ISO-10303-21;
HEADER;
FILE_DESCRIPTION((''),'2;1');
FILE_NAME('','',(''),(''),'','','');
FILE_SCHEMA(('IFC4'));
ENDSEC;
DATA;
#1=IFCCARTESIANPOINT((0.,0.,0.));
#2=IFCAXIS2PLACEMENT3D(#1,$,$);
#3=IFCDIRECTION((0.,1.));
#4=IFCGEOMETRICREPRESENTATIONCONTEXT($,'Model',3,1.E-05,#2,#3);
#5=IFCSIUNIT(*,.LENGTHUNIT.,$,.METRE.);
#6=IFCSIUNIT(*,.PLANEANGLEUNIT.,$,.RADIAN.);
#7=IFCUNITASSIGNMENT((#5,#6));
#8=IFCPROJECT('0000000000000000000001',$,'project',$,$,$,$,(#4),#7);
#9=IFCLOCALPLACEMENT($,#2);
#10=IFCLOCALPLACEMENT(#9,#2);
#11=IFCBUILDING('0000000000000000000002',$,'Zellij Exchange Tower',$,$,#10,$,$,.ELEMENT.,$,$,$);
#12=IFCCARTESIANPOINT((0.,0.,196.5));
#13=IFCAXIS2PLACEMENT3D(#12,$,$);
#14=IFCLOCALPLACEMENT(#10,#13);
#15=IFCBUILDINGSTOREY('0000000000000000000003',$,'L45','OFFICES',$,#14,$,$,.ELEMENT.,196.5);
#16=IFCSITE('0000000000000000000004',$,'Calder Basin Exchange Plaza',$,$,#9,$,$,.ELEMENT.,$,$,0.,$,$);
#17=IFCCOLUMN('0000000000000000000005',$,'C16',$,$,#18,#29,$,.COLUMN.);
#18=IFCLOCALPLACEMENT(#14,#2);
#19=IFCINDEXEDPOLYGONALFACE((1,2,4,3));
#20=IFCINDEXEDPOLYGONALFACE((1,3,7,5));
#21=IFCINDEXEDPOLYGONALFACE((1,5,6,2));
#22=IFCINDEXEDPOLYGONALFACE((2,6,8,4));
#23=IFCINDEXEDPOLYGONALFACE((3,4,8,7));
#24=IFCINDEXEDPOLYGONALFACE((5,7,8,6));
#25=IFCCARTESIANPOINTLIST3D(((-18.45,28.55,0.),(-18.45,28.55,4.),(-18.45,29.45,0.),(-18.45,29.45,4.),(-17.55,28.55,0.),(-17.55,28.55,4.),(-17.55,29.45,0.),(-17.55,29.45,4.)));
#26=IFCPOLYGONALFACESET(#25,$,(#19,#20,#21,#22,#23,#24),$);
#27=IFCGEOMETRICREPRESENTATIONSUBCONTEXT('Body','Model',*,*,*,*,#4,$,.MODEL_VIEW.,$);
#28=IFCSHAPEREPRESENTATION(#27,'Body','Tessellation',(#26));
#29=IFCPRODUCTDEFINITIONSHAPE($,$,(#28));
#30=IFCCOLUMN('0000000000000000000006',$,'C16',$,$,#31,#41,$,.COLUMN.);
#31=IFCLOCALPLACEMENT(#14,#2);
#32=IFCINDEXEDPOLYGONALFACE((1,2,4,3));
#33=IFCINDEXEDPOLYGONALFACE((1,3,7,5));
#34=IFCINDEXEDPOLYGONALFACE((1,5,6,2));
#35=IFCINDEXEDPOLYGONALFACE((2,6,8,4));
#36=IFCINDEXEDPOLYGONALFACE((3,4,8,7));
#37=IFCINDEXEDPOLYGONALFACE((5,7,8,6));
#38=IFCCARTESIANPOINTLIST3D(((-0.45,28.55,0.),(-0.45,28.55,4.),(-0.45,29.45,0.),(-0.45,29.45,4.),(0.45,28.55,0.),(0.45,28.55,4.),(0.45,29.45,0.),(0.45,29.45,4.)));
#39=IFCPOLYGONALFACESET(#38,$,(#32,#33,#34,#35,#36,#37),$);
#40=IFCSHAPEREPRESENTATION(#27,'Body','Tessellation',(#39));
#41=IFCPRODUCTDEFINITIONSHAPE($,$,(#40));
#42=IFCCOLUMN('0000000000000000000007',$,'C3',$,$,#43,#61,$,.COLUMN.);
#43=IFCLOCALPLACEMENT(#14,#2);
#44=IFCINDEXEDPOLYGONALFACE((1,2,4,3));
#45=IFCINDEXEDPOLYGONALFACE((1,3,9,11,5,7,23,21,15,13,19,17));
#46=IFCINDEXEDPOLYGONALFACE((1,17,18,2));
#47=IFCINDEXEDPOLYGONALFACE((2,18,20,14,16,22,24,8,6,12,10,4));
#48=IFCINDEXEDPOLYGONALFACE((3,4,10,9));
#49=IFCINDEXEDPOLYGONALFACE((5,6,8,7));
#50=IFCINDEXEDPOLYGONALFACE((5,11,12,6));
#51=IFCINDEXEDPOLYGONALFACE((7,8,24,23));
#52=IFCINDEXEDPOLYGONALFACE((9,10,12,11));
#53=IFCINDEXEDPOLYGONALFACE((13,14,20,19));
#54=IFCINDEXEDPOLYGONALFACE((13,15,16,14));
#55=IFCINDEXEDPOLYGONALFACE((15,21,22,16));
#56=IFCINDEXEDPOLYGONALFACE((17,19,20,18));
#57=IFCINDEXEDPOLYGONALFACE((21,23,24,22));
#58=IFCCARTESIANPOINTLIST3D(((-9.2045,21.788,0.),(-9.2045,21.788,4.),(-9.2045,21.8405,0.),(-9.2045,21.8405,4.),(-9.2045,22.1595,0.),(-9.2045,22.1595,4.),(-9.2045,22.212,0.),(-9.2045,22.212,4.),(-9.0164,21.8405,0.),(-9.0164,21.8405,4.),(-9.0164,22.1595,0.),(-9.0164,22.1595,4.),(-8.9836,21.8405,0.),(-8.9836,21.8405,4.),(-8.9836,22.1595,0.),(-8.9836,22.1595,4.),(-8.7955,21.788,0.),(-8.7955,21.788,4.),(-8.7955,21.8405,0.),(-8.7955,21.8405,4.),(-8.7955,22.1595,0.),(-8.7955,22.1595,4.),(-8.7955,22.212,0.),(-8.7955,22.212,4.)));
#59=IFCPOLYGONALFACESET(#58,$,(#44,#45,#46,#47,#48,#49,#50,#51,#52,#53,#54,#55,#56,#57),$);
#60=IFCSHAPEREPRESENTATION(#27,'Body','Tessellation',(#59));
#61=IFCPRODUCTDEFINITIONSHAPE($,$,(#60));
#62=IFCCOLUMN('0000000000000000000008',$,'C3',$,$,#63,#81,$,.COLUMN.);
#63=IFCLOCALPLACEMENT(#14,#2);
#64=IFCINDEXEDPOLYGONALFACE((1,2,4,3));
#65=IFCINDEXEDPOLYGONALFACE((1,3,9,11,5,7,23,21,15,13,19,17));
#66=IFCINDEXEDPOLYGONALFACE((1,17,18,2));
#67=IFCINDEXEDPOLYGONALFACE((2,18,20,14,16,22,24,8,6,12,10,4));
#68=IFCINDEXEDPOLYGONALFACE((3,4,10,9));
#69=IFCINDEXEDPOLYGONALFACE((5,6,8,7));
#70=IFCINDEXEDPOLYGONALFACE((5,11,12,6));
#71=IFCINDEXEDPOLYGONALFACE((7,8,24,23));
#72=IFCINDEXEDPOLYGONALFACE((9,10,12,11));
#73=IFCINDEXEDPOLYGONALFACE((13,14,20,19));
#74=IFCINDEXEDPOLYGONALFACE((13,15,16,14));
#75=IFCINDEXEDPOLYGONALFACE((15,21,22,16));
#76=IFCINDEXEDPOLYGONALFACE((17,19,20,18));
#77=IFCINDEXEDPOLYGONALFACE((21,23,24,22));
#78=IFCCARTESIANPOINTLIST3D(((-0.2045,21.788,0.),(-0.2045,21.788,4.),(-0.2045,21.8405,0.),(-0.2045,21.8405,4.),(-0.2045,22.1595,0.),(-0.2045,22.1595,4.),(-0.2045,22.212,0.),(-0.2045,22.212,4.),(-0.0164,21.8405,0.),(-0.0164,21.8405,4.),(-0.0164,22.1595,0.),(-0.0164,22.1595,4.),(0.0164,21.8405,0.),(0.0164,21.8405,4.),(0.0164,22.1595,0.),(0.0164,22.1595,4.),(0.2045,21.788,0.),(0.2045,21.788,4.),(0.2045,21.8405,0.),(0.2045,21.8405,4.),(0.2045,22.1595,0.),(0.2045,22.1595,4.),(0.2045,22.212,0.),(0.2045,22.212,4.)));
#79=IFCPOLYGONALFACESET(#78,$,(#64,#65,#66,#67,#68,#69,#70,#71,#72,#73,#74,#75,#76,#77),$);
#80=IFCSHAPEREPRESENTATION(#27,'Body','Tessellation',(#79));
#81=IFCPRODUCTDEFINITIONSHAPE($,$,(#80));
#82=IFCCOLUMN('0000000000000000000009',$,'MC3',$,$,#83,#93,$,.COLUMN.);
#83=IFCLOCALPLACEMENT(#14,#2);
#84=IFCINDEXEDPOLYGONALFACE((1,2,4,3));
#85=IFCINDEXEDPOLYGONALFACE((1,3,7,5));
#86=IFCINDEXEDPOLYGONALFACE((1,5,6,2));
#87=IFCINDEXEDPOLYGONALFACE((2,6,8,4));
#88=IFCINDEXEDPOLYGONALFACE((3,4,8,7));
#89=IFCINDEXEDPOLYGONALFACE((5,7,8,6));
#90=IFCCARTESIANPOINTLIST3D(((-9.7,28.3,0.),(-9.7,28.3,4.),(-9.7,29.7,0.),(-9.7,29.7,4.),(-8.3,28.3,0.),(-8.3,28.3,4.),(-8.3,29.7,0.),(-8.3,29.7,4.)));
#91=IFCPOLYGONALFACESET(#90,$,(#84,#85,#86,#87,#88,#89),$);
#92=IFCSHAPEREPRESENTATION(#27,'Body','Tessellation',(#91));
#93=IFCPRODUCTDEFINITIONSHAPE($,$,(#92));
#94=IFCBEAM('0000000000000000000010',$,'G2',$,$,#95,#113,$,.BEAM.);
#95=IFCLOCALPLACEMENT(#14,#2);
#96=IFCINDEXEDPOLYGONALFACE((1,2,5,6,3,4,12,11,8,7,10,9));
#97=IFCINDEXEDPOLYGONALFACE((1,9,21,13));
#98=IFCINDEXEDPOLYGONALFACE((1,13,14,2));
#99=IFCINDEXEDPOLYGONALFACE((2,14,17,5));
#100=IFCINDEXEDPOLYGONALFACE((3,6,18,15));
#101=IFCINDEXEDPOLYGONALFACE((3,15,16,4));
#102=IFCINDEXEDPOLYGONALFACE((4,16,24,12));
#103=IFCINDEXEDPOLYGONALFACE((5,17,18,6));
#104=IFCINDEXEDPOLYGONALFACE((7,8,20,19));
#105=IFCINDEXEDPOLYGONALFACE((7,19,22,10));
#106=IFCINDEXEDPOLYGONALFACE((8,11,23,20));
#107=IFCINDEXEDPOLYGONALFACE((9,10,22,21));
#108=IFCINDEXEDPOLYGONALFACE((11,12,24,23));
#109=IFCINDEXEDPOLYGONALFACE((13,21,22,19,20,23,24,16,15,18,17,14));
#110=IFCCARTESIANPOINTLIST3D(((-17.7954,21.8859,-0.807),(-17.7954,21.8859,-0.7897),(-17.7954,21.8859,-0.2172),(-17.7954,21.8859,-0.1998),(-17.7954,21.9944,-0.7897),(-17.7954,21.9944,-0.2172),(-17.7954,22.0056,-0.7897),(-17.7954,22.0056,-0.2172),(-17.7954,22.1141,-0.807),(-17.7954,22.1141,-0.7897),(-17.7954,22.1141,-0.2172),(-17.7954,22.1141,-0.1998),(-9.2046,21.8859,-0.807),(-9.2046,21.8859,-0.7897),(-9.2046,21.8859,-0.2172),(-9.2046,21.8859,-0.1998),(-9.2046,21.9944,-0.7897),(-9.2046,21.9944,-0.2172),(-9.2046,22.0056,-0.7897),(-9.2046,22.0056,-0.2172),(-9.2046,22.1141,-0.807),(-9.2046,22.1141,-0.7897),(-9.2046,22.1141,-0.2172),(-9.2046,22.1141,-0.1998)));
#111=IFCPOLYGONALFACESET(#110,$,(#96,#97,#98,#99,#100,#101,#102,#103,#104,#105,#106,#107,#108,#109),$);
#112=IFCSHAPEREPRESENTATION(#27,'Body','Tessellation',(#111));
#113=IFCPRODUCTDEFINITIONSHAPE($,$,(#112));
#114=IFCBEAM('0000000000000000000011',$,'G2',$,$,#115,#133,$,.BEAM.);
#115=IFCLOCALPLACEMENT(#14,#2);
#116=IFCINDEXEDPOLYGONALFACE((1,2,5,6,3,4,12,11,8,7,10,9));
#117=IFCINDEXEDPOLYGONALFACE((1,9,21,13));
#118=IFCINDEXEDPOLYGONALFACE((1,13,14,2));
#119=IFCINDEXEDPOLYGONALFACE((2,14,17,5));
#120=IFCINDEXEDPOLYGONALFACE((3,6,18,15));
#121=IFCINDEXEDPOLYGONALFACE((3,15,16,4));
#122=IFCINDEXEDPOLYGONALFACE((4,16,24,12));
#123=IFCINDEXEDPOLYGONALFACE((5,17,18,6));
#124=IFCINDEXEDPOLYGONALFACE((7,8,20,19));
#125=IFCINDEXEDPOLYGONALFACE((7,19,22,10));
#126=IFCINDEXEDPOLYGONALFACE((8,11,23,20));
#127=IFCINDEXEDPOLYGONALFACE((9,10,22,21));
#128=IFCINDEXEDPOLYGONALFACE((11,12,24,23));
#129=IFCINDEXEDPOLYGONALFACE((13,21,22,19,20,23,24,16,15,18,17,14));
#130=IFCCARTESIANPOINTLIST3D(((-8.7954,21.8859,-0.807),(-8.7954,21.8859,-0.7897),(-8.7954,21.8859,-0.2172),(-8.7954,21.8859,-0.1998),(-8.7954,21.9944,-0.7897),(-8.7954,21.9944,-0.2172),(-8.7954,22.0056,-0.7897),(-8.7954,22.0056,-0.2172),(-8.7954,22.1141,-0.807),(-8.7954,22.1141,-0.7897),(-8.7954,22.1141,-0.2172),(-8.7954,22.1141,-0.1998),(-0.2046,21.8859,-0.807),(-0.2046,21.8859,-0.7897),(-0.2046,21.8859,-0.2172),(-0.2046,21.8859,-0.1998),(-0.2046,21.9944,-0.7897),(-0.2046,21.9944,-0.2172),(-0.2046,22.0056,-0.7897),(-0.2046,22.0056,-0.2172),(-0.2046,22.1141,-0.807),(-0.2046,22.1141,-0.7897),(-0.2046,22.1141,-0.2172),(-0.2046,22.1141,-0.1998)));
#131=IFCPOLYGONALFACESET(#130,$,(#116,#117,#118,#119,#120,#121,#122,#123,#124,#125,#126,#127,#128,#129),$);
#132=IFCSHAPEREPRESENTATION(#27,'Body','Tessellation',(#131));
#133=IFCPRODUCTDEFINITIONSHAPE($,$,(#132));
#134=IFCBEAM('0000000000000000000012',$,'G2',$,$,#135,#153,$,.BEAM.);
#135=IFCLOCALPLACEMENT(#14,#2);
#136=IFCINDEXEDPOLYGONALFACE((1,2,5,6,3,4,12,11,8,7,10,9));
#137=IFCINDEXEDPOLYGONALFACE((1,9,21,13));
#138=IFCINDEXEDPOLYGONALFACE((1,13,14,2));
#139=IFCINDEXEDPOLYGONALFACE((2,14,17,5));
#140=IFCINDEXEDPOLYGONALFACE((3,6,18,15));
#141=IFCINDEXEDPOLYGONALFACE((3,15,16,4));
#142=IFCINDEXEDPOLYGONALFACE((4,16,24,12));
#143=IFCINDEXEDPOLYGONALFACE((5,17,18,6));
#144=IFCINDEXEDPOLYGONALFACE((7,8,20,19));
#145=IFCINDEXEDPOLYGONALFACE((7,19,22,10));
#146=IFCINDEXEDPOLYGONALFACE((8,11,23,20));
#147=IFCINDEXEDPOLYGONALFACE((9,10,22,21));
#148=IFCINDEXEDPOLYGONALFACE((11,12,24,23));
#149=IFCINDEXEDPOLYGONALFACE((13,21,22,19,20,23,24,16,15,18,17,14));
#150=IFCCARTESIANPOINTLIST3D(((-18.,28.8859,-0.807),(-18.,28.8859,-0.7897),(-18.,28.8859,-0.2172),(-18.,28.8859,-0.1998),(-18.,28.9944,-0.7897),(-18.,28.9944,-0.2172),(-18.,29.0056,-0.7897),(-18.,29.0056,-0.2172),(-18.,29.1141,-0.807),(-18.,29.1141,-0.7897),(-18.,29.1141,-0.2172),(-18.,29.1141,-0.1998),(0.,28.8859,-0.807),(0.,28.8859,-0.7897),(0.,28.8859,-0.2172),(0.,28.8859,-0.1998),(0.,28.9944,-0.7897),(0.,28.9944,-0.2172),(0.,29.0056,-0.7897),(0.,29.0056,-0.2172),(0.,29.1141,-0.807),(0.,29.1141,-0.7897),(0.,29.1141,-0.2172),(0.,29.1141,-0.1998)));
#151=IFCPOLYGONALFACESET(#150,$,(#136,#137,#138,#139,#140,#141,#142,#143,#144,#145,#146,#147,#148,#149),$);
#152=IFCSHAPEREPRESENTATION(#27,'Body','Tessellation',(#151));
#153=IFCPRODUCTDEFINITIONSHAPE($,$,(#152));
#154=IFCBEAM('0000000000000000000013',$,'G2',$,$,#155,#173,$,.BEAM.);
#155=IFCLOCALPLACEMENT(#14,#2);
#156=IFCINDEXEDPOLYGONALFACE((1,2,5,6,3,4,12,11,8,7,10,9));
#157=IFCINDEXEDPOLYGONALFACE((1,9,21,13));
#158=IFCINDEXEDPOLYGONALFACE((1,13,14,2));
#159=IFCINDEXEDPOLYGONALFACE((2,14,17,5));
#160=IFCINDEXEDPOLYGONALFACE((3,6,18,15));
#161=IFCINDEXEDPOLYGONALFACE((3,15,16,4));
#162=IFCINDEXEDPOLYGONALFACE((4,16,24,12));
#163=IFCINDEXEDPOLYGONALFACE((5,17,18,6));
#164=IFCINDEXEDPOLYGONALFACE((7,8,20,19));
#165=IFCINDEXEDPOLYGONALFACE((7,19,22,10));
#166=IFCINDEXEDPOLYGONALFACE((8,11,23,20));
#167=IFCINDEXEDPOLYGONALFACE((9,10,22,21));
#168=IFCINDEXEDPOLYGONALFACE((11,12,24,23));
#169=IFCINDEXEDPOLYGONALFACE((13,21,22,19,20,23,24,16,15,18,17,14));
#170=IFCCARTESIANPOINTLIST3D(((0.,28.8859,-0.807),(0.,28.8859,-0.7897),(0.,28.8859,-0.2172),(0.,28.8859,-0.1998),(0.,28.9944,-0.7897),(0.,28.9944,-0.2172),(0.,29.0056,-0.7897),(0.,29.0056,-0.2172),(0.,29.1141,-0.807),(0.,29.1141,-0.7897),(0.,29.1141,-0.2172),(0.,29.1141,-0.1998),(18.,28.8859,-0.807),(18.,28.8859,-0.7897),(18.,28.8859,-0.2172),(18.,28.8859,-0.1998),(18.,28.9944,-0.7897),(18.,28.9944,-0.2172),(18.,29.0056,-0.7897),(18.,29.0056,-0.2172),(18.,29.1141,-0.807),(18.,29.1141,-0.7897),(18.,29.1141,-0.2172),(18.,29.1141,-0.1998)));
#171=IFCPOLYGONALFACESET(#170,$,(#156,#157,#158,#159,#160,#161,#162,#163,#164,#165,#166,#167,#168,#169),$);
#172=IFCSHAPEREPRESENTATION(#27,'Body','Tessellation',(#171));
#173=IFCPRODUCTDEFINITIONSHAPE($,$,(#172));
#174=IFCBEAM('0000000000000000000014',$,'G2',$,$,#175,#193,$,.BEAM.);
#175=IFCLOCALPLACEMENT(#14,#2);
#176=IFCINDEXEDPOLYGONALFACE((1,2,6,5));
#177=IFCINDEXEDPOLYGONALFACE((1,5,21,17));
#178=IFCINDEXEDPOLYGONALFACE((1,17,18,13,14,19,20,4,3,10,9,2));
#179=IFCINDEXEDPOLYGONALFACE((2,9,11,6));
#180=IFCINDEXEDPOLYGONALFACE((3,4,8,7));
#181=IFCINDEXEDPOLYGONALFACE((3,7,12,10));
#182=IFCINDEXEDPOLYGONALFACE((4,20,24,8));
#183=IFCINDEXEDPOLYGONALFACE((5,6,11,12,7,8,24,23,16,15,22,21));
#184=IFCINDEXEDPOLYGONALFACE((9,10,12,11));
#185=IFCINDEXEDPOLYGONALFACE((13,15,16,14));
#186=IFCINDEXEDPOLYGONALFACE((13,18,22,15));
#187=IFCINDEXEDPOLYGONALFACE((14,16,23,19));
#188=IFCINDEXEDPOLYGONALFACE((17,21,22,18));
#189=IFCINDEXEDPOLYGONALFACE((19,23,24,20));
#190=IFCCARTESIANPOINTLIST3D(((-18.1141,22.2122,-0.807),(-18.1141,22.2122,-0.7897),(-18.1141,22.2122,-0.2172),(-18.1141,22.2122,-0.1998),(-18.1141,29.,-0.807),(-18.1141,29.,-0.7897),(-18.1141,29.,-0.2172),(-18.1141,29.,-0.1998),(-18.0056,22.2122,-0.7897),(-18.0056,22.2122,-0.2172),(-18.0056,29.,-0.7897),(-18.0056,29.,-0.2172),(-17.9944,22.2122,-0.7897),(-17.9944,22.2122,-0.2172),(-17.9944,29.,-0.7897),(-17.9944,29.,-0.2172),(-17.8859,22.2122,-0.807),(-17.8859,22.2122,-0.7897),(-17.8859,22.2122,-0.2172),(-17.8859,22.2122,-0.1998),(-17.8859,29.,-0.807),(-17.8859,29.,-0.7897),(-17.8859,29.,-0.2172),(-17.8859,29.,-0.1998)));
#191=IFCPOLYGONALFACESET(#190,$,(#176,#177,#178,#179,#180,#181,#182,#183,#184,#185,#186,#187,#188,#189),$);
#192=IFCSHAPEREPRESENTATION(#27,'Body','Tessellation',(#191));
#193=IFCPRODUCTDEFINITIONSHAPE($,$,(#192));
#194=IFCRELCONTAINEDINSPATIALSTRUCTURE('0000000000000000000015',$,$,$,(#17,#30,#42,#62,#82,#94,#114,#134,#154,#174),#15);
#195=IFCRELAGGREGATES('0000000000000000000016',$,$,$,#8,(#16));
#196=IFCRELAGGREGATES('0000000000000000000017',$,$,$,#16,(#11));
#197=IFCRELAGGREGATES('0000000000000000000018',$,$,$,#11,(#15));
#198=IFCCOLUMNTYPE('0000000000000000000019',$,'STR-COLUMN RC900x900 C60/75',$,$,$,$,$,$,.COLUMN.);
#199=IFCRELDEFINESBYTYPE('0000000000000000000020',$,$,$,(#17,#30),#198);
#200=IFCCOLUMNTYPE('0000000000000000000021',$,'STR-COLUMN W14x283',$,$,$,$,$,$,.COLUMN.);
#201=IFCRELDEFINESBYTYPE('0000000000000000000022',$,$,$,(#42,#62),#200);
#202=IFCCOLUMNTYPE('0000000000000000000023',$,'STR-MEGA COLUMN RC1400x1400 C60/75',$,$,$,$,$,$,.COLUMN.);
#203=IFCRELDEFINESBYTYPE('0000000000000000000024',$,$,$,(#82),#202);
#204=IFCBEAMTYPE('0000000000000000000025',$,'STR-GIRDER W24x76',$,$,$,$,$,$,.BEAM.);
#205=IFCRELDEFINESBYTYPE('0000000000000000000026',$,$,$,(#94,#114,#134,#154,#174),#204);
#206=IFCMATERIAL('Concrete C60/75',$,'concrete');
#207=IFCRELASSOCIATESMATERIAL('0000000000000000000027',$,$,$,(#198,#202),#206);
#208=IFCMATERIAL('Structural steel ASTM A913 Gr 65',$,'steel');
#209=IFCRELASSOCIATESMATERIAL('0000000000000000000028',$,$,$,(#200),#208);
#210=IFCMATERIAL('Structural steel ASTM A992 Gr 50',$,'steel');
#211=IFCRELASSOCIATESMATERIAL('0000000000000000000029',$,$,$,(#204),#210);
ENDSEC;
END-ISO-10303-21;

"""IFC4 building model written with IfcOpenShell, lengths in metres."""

from ifc_helpers import new_model, si_unit, direction, frame, origin, origin_2d, place, context, subcontext, project, spatial, rectangle, i_section, extrude, material, material_profile, profile_set, type_object, element, save


model = new_model("IFC4")

# Units and contexts
model_context = context("Model", 3, precision=1e-05, world=origin(), true_north=direction((0.0, 1.0)))
body_context = subcontext(model_context, "Body", "Model", "MODEL_VIEW")
ifc_project = project(units=[si_unit("LENGTHUNIT", "METRE"), si_unit("PLANEANGLEUNIT", "RADIAN")], contexts=[model_context])

# Site, building, storey
site_placement = place(None, origin())
site = spatial("IfcSite", under=ifc_project, at=site_placement, Name="Calder Basin Exchange Plaza", CompositionType="ELEMENT", RefElevation=0.0)
building_placement = place(site_placement, origin())
building = spatial("IfcBuilding", under=site, at=building_placement, Name="Zellij Exchange Tower", CompositionType="ELEMENT")
storey_placement = place(building_placement, frame((0.0, 0.0, 196.5)))
storey = spatial("IfcBuildingStorey", under=building, at=storey_placement, Name="L45", Description="OFFICES", CompositionType="ELEMENT", Elevation=196.5)

# Columns
ifc_material_1 = material(Name="Concrete C60/75", Category="concrete")
ifc_material_profile_1 = material_profile(ifc_material_1, rectangle(XDim=0.8999, YDim=0.8999, at=origin_2d()), Name="STR-COLUMN RC900x900 C60/75")
ifc_profile_set_1 = profile_set([ifc_material_profile_1], Name="Concrete C60/75")
column_type_1 = type_object("IfcColumnType", Name="STR-COLUMN RC900x900 C60/75", PredefinedType="COLUMN", material=ifc_profile_set_1)
for number, where, z_axis, x_axis, name in (
    (1, (-18.0, 29.0, 0.0), (0.0, 0.0, 1.0), (1.0, 0.0, 0.0), "C16"),
    (2, (0.0, 29.0, 0.0), (0.0, 0.0, 1.0), (1.0, 0.0, 0.0), "C16"),
):
    element("IfcColumn", number, at=place(storey_placement, frame(where, z_axis=z_axis, x_axis=x_axis)), inside=storey, type_object=column_type_1, Name=name, PredefinedType="COLUMN", context=body_context, shape_type="SweptSolid", body=[
        extrude(rectangle(XDim=0.8999, YDim=0.8999, at=origin_2d()), origin(), (0.0, 0.0, 1.0), 4.0),
    ])
ifc_material_2 = material(Name="Structural steel ASTM A913 Gr 65", Category="steel")
ifc_material_profile_2 = material_profile(ifc_material_2, i_section(OverallWidth=0.4089, OverallDepth=0.4241, WebThickness=0.0327, FlangeThickness=0.0525, at=origin_2d()), Name="W14x283")
ifc_profile_set_2 = profile_set([ifc_material_profile_2], Name="Structural steel ASTM A913 Gr 65")
column_type_2 = type_object("IfcColumnType", Name="STR-COLUMN W14x283", PredefinedType="COLUMN", material=ifc_profile_set_2)
for number, where, z_axis, x_axis, name in (
    (3, (-9.0, 22.0, 0.0), (0.0, 0.0, 1.0), (1.0, 0.0, 0.0), "C3"),
    (4, (0.0, 22.0, 0.0), (0.0, 0.0, 1.0), (1.0, 0.0, 0.0), "C3"),
):
    element("IfcColumn", number, at=place(storey_placement, frame(where, z_axis=z_axis, x_axis=x_axis)), inside=storey, type_object=column_type_2, Name=name, PredefinedType="COLUMN", context=body_context, shape_type="SweptSolid", body=[
        extrude(i_section(OverallWidth=0.4089, OverallDepth=0.4241, WebThickness=0.0327, FlangeThickness=0.0525, at=origin_2d()), origin(), (0.0, 0.0, 1.0), 4.0),
    ])
ifc_material_profile_3 = material_profile(ifc_material_1, rectangle(XDim=1.3999, YDim=1.3999, at=origin_2d()), Name="STR-MEGA COLUMN RC1400x1400 C60/75")
ifc_profile_set_3 = profile_set([ifc_material_profile_3], Name="Concrete C60/75")
column_type_3 = type_object("IfcColumnType", Name="STR-MEGA COLUMN RC1400x1400 C60/75", PredefinedType="COLUMN", material=ifc_profile_set_3)
column_placement = place(storey_placement, frame((-9.0, 29.0, 0.0), z_axis=(0.0, 0.0, 1.0), x_axis=(1.0, 0.0, 0.0)))
element("IfcColumn", 5, at=column_placement, inside=storey, type_object=column_type_3, Name="MC3", PredefinedType="COLUMN", context=body_context, shape_type="SweptSolid", body=[
    extrude(rectangle(XDim=1.3999, YDim=1.3999, at=origin_2d()), origin(), (0.0, 0.0, 1.0), 4.0),
])

# Beams
ifc_material_3 = material(Name="Structural steel ASTM A992 Gr 50", Category="steel")
ifc_material_profile_4 = material_profile(ifc_material_3, i_section(OverallWidth=0.2283, OverallDepth=0.6072, WebThickness=0.0112, FlangeThickness=0.0173, at=origin_2d()), Name="W24x76")
ifc_profile_set_4 = profile_set([ifc_material_profile_4], Name="Structural steel ASTM A992 Gr 50")
beam_type = type_object("IfcBeamType", Name="STR-GIRDER W24x76", PredefinedType="BEAM", material=ifc_profile_set_4)
for number, where, z_axis, x_axis, name in (
    (6, (-17.7954, 22.0, -0.5034), (1.0, 0.0, 0.0), (0.0, 1.0, 0.0), "G2"),
    (7, (-8.7954, 22.0, -0.5034), (1.0, 0.0, 0.0), (0.0, 1.0, 0.0), "G2"),
):
    element("IfcBeam", number, at=place(storey_placement, frame(where, z_axis=z_axis, x_axis=x_axis)), inside=storey, type_object=beam_type, Name=name, PredefinedType="BEAM", context=body_context, shape_type="SweptSolid", body=[
        extrude(i_section(OverallWidth=0.2283, OverallDepth=0.6072, WebThickness=0.0112, FlangeThickness=0.0173, at=origin_2d()), origin(), (0.0, 0.0, 1.0), 8.5908),
    ])
for number, where, z_axis, x_axis, name in (
    (8, (-18.0, 29.0, -0.5034), (1.0, 0.0, 0.0), (0.0, 1.0, 0.0), "G2"),
    (9, (0.0, 29.0, -0.5034), (1.0, 0.0, 0.0), (0.0, 1.0, 0.0), "G2"),
):
    element("IfcBeam", number, at=place(storey_placement, frame(where, z_axis=z_axis, x_axis=x_axis)), inside=storey, type_object=beam_type, Name=name, PredefinedType="BEAM", context=body_context, shape_type="SweptSolid", body=[
        extrude(i_section(OverallWidth=0.2283, OverallDepth=0.6072, WebThickness=0.0112, FlangeThickness=0.0173, at=origin_2d()), origin(), (0.0, 0.0, 1.0), 18.0),
    ])
for number, where, z_axis, x_axis, name in (
    (10, (-18.0, 22.2122, -0.5034), (0.0, 1.0, 0.0), (-1.0, 0.0, 0.0), "G2"),
):
    element("IfcBeam", number, at=place(storey_placement, frame(where, z_axis=z_axis, x_axis=x_axis)), inside=storey, type_object=beam_type, Name=name, PredefinedType="BEAM", context=body_context, shape_type="SweptSolid", body=[
        extrude(i_section(OverallWidth=0.2283, OverallDepth=0.6072, WebThickness=0.0112, FlangeThickness=0.0173, at=origin_2d()), origin(), (0.0, 0.0, 1.0), 6.7878),
    ])

save(model, "model.ifc")
